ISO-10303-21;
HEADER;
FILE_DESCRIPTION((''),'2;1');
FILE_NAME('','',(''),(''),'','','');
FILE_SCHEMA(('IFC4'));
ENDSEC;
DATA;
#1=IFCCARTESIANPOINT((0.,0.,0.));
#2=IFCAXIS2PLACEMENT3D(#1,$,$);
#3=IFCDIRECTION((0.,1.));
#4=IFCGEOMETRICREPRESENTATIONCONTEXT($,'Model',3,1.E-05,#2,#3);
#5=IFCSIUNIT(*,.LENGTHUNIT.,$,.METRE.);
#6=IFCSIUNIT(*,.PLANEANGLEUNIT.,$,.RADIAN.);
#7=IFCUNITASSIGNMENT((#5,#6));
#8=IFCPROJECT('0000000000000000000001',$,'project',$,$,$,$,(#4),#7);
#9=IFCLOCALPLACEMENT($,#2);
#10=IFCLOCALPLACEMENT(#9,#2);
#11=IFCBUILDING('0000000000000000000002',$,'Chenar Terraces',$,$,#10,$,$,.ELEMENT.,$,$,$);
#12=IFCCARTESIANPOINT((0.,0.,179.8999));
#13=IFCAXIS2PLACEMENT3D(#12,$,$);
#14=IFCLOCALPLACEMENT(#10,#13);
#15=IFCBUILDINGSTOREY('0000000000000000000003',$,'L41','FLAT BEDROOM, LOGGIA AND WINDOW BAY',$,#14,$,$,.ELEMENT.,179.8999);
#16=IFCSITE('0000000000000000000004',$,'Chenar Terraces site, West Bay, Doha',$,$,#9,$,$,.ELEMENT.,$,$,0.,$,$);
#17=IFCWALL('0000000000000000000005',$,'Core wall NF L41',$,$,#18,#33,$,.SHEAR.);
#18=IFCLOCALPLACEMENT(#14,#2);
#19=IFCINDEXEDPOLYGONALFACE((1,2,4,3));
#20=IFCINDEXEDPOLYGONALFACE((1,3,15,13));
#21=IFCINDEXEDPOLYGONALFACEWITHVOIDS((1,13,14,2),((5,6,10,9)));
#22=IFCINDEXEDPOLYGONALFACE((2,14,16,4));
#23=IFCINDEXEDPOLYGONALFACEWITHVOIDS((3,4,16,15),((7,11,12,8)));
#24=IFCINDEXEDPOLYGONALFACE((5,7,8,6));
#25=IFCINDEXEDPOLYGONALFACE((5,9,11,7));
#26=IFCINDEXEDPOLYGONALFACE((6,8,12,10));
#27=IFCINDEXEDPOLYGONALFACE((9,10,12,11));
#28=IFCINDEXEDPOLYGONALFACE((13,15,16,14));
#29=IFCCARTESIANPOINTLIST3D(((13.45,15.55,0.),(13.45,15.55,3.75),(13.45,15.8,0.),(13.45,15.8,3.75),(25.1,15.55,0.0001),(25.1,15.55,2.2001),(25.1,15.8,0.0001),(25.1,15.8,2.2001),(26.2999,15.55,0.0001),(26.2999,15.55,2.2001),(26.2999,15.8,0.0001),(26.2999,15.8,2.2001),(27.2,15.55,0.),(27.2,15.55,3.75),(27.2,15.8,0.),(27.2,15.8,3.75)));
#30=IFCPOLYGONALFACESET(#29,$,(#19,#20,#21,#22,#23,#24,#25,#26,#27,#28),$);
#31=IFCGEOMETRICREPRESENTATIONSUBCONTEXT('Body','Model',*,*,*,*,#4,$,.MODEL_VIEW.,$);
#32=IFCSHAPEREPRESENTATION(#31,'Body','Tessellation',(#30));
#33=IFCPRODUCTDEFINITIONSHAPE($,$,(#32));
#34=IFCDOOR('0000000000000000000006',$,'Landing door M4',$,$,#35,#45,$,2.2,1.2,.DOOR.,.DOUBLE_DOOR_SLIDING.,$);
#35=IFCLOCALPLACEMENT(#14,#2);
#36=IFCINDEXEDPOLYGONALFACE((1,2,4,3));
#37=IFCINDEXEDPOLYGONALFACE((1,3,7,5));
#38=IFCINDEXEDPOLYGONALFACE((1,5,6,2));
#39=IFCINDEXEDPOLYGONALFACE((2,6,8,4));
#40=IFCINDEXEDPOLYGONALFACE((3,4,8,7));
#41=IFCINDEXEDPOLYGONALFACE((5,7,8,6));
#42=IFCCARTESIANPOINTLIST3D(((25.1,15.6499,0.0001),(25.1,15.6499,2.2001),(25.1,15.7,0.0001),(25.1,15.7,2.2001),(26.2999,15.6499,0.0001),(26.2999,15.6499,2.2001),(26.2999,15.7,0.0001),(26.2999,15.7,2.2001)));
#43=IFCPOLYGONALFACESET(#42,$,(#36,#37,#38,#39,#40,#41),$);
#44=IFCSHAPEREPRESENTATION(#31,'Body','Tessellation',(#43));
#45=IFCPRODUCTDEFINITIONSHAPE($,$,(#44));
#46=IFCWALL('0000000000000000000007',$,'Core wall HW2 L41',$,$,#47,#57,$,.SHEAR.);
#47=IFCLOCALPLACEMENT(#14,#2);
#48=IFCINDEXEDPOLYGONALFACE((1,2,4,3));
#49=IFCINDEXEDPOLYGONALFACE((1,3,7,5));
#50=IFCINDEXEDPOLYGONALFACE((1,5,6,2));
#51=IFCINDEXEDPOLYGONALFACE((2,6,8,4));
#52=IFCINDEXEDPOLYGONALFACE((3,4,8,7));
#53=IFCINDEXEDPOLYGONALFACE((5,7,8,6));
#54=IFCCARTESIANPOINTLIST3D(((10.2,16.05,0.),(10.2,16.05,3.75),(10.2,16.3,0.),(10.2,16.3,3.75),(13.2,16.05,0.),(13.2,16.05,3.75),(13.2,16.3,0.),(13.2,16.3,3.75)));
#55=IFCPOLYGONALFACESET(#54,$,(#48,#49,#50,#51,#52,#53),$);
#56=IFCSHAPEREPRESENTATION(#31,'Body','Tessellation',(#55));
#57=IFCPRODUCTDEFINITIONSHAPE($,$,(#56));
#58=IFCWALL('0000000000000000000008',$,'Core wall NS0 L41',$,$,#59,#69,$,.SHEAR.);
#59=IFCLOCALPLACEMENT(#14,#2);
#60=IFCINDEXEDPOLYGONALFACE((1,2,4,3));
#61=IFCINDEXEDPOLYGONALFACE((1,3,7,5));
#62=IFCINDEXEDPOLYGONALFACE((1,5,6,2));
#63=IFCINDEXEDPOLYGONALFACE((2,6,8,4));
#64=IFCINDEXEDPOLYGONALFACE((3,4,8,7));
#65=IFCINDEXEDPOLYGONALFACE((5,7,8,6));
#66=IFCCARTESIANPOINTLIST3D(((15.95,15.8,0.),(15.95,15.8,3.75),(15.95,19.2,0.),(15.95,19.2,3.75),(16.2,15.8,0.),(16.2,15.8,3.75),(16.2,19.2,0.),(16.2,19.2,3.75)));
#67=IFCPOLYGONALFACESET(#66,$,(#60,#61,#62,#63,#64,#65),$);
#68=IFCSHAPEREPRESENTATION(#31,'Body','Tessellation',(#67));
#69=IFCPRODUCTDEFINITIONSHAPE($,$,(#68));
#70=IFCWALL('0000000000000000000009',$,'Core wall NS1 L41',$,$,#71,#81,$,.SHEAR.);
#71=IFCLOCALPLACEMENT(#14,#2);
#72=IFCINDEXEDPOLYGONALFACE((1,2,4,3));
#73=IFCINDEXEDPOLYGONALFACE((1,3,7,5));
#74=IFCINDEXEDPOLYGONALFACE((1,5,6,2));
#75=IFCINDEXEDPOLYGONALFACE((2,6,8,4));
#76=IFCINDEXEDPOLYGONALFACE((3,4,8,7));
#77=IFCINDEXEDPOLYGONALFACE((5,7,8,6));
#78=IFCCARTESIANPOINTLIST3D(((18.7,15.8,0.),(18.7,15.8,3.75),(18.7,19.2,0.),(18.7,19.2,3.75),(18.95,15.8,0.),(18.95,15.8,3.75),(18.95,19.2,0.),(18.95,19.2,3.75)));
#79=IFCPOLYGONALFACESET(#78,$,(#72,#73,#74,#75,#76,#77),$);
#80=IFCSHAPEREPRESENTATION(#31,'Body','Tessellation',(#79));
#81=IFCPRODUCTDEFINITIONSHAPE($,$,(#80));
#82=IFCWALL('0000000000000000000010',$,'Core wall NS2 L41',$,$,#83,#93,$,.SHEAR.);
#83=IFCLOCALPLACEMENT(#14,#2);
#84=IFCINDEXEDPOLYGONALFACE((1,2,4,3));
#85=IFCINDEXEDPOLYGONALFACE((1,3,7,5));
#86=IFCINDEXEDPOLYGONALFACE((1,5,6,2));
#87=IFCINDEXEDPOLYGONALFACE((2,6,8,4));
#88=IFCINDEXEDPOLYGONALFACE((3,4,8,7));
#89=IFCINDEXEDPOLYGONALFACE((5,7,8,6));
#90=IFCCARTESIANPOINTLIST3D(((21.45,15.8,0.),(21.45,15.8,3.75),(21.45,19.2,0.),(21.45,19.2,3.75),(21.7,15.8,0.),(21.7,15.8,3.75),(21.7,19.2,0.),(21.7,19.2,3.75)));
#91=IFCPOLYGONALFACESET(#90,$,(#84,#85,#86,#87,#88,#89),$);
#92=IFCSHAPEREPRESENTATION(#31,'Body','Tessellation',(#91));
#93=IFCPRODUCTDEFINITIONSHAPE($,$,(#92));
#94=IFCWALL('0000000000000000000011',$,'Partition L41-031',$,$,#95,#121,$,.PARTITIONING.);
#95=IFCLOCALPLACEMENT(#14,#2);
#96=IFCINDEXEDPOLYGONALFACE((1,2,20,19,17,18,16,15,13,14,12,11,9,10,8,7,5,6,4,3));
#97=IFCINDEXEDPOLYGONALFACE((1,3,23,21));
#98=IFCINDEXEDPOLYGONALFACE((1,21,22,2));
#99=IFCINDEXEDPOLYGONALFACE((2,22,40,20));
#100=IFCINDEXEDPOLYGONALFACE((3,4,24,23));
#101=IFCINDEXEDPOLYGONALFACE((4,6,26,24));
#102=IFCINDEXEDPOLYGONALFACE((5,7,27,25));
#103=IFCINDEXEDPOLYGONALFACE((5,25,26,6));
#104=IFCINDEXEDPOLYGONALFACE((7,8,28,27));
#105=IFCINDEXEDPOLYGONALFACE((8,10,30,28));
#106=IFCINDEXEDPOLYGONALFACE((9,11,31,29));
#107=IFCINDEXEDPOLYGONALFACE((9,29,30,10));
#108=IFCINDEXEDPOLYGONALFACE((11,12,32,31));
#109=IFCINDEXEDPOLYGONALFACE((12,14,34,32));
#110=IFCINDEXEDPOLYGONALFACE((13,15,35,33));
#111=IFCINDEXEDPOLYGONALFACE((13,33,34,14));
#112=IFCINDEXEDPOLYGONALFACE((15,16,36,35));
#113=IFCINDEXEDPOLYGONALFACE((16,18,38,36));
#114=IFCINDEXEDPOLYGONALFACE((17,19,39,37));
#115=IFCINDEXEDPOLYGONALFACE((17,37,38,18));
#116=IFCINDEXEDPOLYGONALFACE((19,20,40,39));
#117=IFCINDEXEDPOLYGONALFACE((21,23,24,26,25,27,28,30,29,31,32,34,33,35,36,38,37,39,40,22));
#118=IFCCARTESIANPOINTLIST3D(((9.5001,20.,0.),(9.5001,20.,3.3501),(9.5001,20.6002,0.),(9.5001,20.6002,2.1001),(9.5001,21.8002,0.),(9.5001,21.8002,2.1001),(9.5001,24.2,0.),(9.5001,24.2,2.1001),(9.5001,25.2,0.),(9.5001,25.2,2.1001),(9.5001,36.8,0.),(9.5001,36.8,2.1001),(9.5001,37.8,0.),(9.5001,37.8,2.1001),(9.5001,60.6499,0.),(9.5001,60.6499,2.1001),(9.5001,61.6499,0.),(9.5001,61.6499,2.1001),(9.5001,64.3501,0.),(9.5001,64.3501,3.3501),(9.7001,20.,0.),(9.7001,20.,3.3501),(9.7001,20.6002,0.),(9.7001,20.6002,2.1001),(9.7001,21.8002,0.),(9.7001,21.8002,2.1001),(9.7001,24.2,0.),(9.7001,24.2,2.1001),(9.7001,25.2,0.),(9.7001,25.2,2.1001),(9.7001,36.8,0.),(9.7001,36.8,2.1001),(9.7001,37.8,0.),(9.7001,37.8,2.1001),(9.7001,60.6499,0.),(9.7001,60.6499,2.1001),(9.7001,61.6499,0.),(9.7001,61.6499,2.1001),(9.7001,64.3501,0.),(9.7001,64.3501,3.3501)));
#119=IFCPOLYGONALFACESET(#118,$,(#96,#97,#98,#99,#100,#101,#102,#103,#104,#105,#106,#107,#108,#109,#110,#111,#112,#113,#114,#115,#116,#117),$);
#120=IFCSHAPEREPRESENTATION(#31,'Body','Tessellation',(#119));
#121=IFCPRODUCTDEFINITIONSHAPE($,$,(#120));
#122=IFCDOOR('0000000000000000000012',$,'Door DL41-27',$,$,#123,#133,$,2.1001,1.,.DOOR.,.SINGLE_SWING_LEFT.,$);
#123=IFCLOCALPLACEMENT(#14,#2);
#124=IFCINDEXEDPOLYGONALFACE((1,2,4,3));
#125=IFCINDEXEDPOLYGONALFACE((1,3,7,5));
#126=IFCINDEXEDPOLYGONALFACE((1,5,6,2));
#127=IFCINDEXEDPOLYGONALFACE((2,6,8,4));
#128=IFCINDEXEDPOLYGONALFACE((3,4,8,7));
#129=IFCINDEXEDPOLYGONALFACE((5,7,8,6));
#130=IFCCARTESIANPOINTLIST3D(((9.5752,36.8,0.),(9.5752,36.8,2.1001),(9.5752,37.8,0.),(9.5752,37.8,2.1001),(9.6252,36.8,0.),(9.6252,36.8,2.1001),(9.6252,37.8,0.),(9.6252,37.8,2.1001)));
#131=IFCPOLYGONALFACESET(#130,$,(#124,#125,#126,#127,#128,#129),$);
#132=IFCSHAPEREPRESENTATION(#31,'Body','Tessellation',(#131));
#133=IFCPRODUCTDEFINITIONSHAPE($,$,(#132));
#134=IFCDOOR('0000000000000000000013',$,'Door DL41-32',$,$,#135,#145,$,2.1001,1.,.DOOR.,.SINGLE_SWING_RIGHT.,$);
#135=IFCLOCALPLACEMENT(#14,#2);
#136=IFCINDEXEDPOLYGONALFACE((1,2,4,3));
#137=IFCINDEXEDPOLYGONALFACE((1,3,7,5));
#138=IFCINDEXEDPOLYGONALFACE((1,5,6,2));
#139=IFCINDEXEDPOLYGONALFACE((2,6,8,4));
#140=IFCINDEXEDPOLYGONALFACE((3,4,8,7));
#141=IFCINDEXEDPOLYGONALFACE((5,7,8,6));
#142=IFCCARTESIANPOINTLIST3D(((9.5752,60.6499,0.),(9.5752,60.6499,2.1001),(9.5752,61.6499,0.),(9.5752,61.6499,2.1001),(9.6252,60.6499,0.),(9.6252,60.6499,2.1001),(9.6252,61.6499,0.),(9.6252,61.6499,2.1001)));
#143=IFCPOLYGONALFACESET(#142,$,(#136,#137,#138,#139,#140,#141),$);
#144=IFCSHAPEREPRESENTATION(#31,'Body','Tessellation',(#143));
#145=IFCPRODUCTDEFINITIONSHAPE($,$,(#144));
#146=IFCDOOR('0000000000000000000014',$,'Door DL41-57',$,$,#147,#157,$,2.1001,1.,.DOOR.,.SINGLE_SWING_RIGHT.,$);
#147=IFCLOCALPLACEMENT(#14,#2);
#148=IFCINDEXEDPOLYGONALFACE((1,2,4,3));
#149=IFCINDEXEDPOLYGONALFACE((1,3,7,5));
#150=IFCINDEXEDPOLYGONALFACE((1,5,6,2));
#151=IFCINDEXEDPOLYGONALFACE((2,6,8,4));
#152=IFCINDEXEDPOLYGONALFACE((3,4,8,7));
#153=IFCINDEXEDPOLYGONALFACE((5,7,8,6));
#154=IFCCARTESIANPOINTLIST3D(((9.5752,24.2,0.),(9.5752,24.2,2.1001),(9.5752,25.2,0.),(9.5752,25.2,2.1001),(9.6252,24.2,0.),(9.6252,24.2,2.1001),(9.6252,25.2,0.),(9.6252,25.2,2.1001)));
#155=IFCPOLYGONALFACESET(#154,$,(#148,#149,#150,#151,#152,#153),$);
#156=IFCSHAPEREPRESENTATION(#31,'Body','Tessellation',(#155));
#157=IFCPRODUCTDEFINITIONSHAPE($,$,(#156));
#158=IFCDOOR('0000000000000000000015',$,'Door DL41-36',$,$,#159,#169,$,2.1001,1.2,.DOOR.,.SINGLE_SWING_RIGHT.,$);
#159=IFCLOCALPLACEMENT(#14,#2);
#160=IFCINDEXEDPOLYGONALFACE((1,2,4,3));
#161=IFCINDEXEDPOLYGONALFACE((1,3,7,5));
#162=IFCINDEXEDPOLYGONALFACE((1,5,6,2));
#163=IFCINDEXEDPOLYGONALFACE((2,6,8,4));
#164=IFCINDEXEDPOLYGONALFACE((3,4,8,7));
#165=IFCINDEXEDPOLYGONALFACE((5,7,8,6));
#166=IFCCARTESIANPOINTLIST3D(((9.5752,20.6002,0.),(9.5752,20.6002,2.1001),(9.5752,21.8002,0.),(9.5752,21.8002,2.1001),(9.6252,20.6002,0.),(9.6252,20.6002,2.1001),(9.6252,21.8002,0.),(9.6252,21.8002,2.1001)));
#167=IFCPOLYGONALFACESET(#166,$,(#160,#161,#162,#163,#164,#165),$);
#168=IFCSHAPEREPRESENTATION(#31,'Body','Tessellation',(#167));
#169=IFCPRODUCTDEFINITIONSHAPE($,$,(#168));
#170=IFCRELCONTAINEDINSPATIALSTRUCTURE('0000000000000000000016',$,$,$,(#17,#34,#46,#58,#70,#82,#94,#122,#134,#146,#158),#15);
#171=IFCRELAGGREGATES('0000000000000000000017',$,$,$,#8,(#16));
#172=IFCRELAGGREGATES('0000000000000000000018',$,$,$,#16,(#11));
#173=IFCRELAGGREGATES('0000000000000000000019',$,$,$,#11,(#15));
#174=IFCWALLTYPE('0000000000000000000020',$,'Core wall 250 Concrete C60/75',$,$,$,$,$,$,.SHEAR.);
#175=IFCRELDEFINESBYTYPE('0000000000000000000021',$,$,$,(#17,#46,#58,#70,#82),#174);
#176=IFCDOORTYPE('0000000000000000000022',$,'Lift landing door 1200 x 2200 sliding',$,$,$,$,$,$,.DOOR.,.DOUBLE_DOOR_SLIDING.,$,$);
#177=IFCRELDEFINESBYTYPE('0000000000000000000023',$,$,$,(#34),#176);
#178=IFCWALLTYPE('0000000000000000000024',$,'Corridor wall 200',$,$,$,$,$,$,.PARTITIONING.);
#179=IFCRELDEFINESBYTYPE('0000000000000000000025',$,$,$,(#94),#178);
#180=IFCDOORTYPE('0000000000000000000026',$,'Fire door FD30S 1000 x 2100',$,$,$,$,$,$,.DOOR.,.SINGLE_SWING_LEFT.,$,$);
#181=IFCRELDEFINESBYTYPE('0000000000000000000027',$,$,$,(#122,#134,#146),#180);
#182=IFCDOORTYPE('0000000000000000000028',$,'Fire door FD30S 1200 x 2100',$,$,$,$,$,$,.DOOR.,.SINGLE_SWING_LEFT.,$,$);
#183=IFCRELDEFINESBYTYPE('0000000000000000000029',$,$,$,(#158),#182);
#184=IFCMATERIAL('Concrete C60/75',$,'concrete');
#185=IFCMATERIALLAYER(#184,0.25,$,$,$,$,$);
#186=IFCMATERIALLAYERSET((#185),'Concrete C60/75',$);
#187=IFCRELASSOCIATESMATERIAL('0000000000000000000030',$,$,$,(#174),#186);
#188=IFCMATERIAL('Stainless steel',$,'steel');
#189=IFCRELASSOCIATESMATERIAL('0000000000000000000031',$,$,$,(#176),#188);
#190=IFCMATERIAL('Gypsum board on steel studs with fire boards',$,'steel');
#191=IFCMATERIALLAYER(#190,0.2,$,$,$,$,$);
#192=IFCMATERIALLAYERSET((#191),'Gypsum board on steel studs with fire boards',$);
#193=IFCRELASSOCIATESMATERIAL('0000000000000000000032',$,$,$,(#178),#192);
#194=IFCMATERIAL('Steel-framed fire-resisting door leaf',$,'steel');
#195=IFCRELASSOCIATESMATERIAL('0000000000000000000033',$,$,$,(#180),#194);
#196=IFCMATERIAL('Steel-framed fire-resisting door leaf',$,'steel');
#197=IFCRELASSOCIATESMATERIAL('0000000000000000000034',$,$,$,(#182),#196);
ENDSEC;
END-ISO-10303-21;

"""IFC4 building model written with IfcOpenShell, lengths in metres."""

from ifc_helpers import new_model, si_unit, direction, frame, frame_2d, origin, place, context, subcontext, project, spatial, rectangle, extrude, material, layer, layer_set, type_object, element, fill, save


model = new_model("IFC4")

# Units and contexts
model_context = context("Model", 3, precision=1e-05, world=origin(), true_north=direction((0.0, 1.0)))
body_context = subcontext(model_context, "Body", "Model", "MODEL_VIEW")
ifc_project = project(units=[si_unit("LENGTHUNIT", "METRE"), si_unit("PLANEANGLEUNIT", "RADIAN")], contexts=[model_context])

# Site, building, storey
site_placement = place(None, origin())
site = spatial("IfcSite", under=ifc_project, at=site_placement, Name="Chenar Terraces site, West Bay, Doha", CompositionType="ELEMENT", RefElevation=0.0)
building_placement = place(site_placement, origin())
building = spatial("IfcBuilding", under=site, at=building_placement, Name="Chenar Terraces", CompositionType="ELEMENT")
storey_placement = place(building_placement, frame((0.0, 0.0, 179.8999)))
storey = spatial("IfcBuildingStorey", under=building, at=storey_placement, Name="L41", Description="FLAT BEDROOM, LOGGIA AND WINDOW BAY", CompositionType="ELEMENT", Elevation=179.8999)

# Wall, opening, door
ifc_material_1 = material(Name="Concrete C60/75", Category="concrete")
ifc_layer_1 = layer(ifc_material_1, 0.25)
ifc_layer_set_1 = layer_set([ifc_layer_1], Name="Concrete C60/75")
wall_type_1 = type_object("IfcWallType", Name="Core wall 250 Concrete C60/75", PredefinedType="SHEAR", material=ifc_layer_set_1)
wall_1_placement = place(storey_placement, frame((13.45, 15.675, 0.0), z_axis=(0.0, 0.0, 1.0), x_axis=(1.0, 0.0, 0.0)))
wall_1 = element("IfcWall", 1, at=wall_1_placement, inside=storey, type_object=wall_type_1, Name="Core wall NF L41", PredefinedType="SHEAR", context=body_context, shape_type="SweptSolid", body=[
    extrude(rectangle(XDim=13.75, YDim=0.25, at=frame_2d((6.875, 0.0))), origin(), (0.0, 0.0, 1.0), 3.75),
])
opening_1_placement = place(wall_1_placement, frame((11.6499, 0.0, 0.0)))
opening_1 = element("IfcOpeningElement", 2, at=opening_1_placement, cuts=wall_1, PredefinedType="OPENING", context=body_context, shape_type="SweptSolid", body=[
    extrude(rectangle(XDim=1.2, YDim=2.2, at=frame_2d((0.6001, 1.1001))), frame((0.0, 0.135, 0.0), z_axis=(0.0, -1.0, 0.0), x_axis=(1.0, 0.0, 0.0)), (0.0, 0.0, 1.0), 0.27),
])
ifc_material_2 = material(Name="Stainless steel", Category="steel")
door_type_1 = type_object("IfcDoorType", Name="Lift landing door 1200 x 2200 sliding", OperationType="DOUBLE_DOOR_SLIDING", PredefinedType="DOOR", material=ifc_material_2)
door_1_placement = place(opening_1_placement, origin())
door_1 = element("IfcDoor", 3, at=door_1_placement, inside=storey, type_object=door_type_1, Name="Landing door M4", OperationType="DOUBLE_DOOR_SLIDING", OverallHeight=2.2, OverallWidth=1.2, PredefinedType="DOOR", context=body_context, shape_type="SweptSolid", body=[
    extrude(rectangle(XDim=1.2, YDim=2.2, at=frame_2d((0.6001, 1.1001))), frame((0.0, 0.0249, 0.0), z_axis=(0.0, -1.0, 0.0), x_axis=(1.0, 0.0, 0.0)), (0.0, 0.0, 1.0), 0.05),
])
fill(opening_1, door_1)

# Walls
wall_2_placement = place(storey_placement, frame((10.2, 16.175, 0.0), z_axis=(0.0, 0.0, 1.0), x_axis=(1.0, 0.0, 0.0)))
element("IfcWall", 4, at=wall_2_placement, inside=storey, type_object=wall_type_1, Name="Core wall HW2 L41", PredefinedType="SHEAR", context=body_context, shape_type="SweptSolid", body=[
    extrude(rectangle(XDim=3.0, YDim=0.25, at=frame_2d((1.5, 0.0))), origin(), (0.0, 0.0, 1.0), 3.75),
])
for number, where, z_axis, x_axis, name in (
    (5, (16.075, 15.8, 0.0), (0.0, 0.0, 1.0), (0.0, 1.0, 0.0), "Core wall NS0 L41"),
    (6, (18.825, 15.8, 0.0), (0.0, 0.0, 1.0), (0.0, 1.0, 0.0), "Core wall NS1 L41"),
    (7, (21.575, 15.8, 0.0), (0.0, 0.0, 1.0), (0.0, 1.0, 0.0), "Core wall NS2 L41"),
):
    element("IfcWall", number, at=place(storey_placement, frame(where, z_axis=z_axis, x_axis=x_axis)), inside=storey, type_object=wall_type_1, Name=name, PredefinedType="SHEAR", context=body_context, shape_type="SweptSolid", body=[
        extrude(rectangle(XDim=3.3999, YDim=0.25, at=frame_2d((1.7, 0.0))), origin(), (0.0, 0.0, 1.0), 3.75),
    ])

# Wall, openings, doors
ifc_material_3 = material(Name="Gypsum board on steel studs with fire boards", Category="steel")
ifc_layer_2 = layer(ifc_material_3, 0.2)
ifc_layer_set_2 = layer_set([ifc_layer_2], Name="Gypsum board on steel studs with fire boards")
wall_type_2 = type_object("IfcWallType", Name="Corridor wall 200", PredefinedType="PARTITIONING", material=ifc_layer_set_2)
wall_3_placement = place(storey_placement, frame((9.6001, 20.0, 0.0), z_axis=(0.0, 0.0, 1.0), x_axis=(0.0, 1.0, 0.0)))
wall_3 = element("IfcWall", 8, at=wall_3_placement, inside=storey, type_object=wall_type_2, Name="Partition L41-031", PredefinedType="PARTITIONING", context=body_context, shape_type="SweptSolid", body=[
    extrude(rectangle(XDim=44.3501, YDim=0.2, at=frame_2d((22.175, 0.0))), origin(), (0.0, 0.0, 1.0), 3.3501),
])
opening_2_placement = place(wall_3_placement, frame((16.8, 0.0, 0.0)))
opening_2 = element("IfcOpeningElement", 9, at=opening_2_placement, cuts=wall_3, PredefinedType="OPENING", context=body_context, shape_type="SweptSolid", body=[
    extrude(rectangle(XDim=1.0, YDim=2.1001, at=frame_2d((0.5, 1.05))), frame((0.0, 0.1099, 0.0), z_axis=(0.0, -1.0, 0.0), x_axis=(1.0, 0.0, 0.0)), (0.0, 0.0, 1.0), 0.22),
])
opening_3_placement = place(wall_3_placement, frame((40.6499, 0.0, 0.0)))
opening_3 = element("IfcOpeningElement", 10, at=opening_3_placement, cuts=wall_3, PredefinedType="OPENING", context=body_context, shape_type="SweptSolid", body=[
    extrude(rectangle(XDim=1.0, YDim=2.1001, at=frame_2d((0.5, 1.05))), frame((0.0, 0.1099, 0.0), z_axis=(0.0, -1.0, 0.0), x_axis=(1.0, 0.0, 0.0)), (0.0, 0.0, 1.0), 0.22),
])
opening_4_placement = place(wall_3_placement, frame((0.6001, 0.0, 0.0)))
opening_4 = element("IfcOpeningElement", 11, at=opening_4_placement, cuts=wall_3, PredefinedType="OPENING", context=body_context, shape_type="SweptSolid", body=[
    extrude(rectangle(XDim=1.2, YDim=2.1001, at=frame_2d((0.6001, 1.05))), frame((0.0, 0.1099, 0.0), z_axis=(0.0, -1.0, 0.0), x_axis=(1.0, 0.0, 0.0)), (0.0, 0.0, 1.0), 0.22),
])
opening_5_placement = place(wall_3_placement, frame((4.2, 0.0, 0.0)))
opening_5 = element("IfcOpeningElement", 12, at=opening_5_placement, cuts=wall_3, PredefinedType="OPENING", context=body_context, shape_type="SweptSolid", body=[
    extrude(rectangle(XDim=1.0, YDim=2.1001, at=frame_2d((0.5, 1.05))), frame((0.0, 0.1099, 0.0), z_axis=(0.0, -1.0, 0.0), x_axis=(1.0, 0.0, 0.0)), (0.0, 0.0, 1.0), 0.22),
])
ifc_material_4 = material(Name="Steel-framed fire-resisting door leaf", Category="steel")
door_type_2 = type_object("IfcDoorType", Name="Fire door FD30S 1000 x 2100", OperationType="SINGLE_SWING_LEFT", PredefinedType="DOOR", material=ifc_material_4)
door_2_placement = place(opening_2_placement, origin())
door_2 = element("IfcDoor", 13, at=door_2_placement, inside=storey, type_object=door_type_2, Name="Door DL41-27", OperationType="SINGLE_SWING_LEFT", OverallHeight=2.1001, OverallWidth=1.0, PredefinedType="DOOR", context=body_context, shape_type="SweptSolid", body=[
    extrude(rectangle(XDim=1.0, YDim=2.1001, at=frame_2d((0.5, 1.05))), frame((0.0, 0.0249, 0.0), z_axis=(0.0, -1.0, 0.0), x_axis=(1.0, 0.0, 0.0)), (0.0, 0.0, 1.0), 0.05),
])
fill(opening_2, door_2)
door_3_placement = place(opening_3_placement, origin())
door_3 = element("IfcDoor", 14, at=door_3_placement, inside=storey, type_object=door_type_2, Name="Door DL41-32", OperationType="SINGLE_SWING_RIGHT", OverallHeight=2.1001, OverallWidth=1.0, PredefinedType="DOOR", context=body_context, shape_type="SweptSolid", body=[
    extrude(rectangle(XDim=1.0, YDim=2.1001, at=frame_2d((0.5, 1.05))), frame((0.0, 0.0249, 0.0), z_axis=(0.0, -1.0, 0.0), x_axis=(1.0, 0.0, 0.0)), (0.0, 0.0, 1.0), 0.05),
])
fill(opening_3, door_3)
door_4_placement = place(opening_5_placement, origin())
door_4 = element("IfcDoor", 15, at=door_4_placement, inside=storey, type_object=door_type_2, Name="Door DL41-57", OperationType="SINGLE_SWING_RIGHT", OverallHeight=2.1001, OverallWidth=1.0, PredefinedType="DOOR", context=body_context, shape_type="SweptSolid", body=[
    extrude(rectangle(XDim=1.0, YDim=2.1001, at=frame_2d((0.5, 1.05))), frame((0.0, 0.0249, 0.0), z_axis=(0.0, -1.0, 0.0), x_axis=(1.0, 0.0, 0.0)), (0.0, 0.0, 1.0), 0.05),
])
fill(opening_5, door_4)
ifc_material_5 = material(Name="Steel-framed fire-resisting door leaf", Category="steel")
door_type_3 = type_object("IfcDoorType", Name="Fire door FD30S 1200 x 2100", OperationType="SINGLE_SWING_LEFT", PredefinedType="DOOR", material=ifc_material_5)
door_5_placement = place(opening_4_placement, origin())
door_5 = element("IfcDoor", 16, at=door_5_placement, inside=storey, type_object=door_type_3, Name="Door DL41-36", OperationType="SINGLE_SWING_RIGHT", OverallHeight=2.1001, OverallWidth=1.2, PredefinedType="DOOR", context=body_context, shape_type="SweptSolid", body=[
    extrude(rectangle(XDim=1.2, YDim=2.1001, at=frame_2d((0.6001, 1.05))), frame((0.0, 0.0249, 0.0), z_axis=(0.0, -1.0, 0.0), x_axis=(1.0, 0.0, 0.0)), (0.0, 0.0, 1.0), 0.05),
])
fill(opening_4, door_5)

save(model, "model.ifc")
